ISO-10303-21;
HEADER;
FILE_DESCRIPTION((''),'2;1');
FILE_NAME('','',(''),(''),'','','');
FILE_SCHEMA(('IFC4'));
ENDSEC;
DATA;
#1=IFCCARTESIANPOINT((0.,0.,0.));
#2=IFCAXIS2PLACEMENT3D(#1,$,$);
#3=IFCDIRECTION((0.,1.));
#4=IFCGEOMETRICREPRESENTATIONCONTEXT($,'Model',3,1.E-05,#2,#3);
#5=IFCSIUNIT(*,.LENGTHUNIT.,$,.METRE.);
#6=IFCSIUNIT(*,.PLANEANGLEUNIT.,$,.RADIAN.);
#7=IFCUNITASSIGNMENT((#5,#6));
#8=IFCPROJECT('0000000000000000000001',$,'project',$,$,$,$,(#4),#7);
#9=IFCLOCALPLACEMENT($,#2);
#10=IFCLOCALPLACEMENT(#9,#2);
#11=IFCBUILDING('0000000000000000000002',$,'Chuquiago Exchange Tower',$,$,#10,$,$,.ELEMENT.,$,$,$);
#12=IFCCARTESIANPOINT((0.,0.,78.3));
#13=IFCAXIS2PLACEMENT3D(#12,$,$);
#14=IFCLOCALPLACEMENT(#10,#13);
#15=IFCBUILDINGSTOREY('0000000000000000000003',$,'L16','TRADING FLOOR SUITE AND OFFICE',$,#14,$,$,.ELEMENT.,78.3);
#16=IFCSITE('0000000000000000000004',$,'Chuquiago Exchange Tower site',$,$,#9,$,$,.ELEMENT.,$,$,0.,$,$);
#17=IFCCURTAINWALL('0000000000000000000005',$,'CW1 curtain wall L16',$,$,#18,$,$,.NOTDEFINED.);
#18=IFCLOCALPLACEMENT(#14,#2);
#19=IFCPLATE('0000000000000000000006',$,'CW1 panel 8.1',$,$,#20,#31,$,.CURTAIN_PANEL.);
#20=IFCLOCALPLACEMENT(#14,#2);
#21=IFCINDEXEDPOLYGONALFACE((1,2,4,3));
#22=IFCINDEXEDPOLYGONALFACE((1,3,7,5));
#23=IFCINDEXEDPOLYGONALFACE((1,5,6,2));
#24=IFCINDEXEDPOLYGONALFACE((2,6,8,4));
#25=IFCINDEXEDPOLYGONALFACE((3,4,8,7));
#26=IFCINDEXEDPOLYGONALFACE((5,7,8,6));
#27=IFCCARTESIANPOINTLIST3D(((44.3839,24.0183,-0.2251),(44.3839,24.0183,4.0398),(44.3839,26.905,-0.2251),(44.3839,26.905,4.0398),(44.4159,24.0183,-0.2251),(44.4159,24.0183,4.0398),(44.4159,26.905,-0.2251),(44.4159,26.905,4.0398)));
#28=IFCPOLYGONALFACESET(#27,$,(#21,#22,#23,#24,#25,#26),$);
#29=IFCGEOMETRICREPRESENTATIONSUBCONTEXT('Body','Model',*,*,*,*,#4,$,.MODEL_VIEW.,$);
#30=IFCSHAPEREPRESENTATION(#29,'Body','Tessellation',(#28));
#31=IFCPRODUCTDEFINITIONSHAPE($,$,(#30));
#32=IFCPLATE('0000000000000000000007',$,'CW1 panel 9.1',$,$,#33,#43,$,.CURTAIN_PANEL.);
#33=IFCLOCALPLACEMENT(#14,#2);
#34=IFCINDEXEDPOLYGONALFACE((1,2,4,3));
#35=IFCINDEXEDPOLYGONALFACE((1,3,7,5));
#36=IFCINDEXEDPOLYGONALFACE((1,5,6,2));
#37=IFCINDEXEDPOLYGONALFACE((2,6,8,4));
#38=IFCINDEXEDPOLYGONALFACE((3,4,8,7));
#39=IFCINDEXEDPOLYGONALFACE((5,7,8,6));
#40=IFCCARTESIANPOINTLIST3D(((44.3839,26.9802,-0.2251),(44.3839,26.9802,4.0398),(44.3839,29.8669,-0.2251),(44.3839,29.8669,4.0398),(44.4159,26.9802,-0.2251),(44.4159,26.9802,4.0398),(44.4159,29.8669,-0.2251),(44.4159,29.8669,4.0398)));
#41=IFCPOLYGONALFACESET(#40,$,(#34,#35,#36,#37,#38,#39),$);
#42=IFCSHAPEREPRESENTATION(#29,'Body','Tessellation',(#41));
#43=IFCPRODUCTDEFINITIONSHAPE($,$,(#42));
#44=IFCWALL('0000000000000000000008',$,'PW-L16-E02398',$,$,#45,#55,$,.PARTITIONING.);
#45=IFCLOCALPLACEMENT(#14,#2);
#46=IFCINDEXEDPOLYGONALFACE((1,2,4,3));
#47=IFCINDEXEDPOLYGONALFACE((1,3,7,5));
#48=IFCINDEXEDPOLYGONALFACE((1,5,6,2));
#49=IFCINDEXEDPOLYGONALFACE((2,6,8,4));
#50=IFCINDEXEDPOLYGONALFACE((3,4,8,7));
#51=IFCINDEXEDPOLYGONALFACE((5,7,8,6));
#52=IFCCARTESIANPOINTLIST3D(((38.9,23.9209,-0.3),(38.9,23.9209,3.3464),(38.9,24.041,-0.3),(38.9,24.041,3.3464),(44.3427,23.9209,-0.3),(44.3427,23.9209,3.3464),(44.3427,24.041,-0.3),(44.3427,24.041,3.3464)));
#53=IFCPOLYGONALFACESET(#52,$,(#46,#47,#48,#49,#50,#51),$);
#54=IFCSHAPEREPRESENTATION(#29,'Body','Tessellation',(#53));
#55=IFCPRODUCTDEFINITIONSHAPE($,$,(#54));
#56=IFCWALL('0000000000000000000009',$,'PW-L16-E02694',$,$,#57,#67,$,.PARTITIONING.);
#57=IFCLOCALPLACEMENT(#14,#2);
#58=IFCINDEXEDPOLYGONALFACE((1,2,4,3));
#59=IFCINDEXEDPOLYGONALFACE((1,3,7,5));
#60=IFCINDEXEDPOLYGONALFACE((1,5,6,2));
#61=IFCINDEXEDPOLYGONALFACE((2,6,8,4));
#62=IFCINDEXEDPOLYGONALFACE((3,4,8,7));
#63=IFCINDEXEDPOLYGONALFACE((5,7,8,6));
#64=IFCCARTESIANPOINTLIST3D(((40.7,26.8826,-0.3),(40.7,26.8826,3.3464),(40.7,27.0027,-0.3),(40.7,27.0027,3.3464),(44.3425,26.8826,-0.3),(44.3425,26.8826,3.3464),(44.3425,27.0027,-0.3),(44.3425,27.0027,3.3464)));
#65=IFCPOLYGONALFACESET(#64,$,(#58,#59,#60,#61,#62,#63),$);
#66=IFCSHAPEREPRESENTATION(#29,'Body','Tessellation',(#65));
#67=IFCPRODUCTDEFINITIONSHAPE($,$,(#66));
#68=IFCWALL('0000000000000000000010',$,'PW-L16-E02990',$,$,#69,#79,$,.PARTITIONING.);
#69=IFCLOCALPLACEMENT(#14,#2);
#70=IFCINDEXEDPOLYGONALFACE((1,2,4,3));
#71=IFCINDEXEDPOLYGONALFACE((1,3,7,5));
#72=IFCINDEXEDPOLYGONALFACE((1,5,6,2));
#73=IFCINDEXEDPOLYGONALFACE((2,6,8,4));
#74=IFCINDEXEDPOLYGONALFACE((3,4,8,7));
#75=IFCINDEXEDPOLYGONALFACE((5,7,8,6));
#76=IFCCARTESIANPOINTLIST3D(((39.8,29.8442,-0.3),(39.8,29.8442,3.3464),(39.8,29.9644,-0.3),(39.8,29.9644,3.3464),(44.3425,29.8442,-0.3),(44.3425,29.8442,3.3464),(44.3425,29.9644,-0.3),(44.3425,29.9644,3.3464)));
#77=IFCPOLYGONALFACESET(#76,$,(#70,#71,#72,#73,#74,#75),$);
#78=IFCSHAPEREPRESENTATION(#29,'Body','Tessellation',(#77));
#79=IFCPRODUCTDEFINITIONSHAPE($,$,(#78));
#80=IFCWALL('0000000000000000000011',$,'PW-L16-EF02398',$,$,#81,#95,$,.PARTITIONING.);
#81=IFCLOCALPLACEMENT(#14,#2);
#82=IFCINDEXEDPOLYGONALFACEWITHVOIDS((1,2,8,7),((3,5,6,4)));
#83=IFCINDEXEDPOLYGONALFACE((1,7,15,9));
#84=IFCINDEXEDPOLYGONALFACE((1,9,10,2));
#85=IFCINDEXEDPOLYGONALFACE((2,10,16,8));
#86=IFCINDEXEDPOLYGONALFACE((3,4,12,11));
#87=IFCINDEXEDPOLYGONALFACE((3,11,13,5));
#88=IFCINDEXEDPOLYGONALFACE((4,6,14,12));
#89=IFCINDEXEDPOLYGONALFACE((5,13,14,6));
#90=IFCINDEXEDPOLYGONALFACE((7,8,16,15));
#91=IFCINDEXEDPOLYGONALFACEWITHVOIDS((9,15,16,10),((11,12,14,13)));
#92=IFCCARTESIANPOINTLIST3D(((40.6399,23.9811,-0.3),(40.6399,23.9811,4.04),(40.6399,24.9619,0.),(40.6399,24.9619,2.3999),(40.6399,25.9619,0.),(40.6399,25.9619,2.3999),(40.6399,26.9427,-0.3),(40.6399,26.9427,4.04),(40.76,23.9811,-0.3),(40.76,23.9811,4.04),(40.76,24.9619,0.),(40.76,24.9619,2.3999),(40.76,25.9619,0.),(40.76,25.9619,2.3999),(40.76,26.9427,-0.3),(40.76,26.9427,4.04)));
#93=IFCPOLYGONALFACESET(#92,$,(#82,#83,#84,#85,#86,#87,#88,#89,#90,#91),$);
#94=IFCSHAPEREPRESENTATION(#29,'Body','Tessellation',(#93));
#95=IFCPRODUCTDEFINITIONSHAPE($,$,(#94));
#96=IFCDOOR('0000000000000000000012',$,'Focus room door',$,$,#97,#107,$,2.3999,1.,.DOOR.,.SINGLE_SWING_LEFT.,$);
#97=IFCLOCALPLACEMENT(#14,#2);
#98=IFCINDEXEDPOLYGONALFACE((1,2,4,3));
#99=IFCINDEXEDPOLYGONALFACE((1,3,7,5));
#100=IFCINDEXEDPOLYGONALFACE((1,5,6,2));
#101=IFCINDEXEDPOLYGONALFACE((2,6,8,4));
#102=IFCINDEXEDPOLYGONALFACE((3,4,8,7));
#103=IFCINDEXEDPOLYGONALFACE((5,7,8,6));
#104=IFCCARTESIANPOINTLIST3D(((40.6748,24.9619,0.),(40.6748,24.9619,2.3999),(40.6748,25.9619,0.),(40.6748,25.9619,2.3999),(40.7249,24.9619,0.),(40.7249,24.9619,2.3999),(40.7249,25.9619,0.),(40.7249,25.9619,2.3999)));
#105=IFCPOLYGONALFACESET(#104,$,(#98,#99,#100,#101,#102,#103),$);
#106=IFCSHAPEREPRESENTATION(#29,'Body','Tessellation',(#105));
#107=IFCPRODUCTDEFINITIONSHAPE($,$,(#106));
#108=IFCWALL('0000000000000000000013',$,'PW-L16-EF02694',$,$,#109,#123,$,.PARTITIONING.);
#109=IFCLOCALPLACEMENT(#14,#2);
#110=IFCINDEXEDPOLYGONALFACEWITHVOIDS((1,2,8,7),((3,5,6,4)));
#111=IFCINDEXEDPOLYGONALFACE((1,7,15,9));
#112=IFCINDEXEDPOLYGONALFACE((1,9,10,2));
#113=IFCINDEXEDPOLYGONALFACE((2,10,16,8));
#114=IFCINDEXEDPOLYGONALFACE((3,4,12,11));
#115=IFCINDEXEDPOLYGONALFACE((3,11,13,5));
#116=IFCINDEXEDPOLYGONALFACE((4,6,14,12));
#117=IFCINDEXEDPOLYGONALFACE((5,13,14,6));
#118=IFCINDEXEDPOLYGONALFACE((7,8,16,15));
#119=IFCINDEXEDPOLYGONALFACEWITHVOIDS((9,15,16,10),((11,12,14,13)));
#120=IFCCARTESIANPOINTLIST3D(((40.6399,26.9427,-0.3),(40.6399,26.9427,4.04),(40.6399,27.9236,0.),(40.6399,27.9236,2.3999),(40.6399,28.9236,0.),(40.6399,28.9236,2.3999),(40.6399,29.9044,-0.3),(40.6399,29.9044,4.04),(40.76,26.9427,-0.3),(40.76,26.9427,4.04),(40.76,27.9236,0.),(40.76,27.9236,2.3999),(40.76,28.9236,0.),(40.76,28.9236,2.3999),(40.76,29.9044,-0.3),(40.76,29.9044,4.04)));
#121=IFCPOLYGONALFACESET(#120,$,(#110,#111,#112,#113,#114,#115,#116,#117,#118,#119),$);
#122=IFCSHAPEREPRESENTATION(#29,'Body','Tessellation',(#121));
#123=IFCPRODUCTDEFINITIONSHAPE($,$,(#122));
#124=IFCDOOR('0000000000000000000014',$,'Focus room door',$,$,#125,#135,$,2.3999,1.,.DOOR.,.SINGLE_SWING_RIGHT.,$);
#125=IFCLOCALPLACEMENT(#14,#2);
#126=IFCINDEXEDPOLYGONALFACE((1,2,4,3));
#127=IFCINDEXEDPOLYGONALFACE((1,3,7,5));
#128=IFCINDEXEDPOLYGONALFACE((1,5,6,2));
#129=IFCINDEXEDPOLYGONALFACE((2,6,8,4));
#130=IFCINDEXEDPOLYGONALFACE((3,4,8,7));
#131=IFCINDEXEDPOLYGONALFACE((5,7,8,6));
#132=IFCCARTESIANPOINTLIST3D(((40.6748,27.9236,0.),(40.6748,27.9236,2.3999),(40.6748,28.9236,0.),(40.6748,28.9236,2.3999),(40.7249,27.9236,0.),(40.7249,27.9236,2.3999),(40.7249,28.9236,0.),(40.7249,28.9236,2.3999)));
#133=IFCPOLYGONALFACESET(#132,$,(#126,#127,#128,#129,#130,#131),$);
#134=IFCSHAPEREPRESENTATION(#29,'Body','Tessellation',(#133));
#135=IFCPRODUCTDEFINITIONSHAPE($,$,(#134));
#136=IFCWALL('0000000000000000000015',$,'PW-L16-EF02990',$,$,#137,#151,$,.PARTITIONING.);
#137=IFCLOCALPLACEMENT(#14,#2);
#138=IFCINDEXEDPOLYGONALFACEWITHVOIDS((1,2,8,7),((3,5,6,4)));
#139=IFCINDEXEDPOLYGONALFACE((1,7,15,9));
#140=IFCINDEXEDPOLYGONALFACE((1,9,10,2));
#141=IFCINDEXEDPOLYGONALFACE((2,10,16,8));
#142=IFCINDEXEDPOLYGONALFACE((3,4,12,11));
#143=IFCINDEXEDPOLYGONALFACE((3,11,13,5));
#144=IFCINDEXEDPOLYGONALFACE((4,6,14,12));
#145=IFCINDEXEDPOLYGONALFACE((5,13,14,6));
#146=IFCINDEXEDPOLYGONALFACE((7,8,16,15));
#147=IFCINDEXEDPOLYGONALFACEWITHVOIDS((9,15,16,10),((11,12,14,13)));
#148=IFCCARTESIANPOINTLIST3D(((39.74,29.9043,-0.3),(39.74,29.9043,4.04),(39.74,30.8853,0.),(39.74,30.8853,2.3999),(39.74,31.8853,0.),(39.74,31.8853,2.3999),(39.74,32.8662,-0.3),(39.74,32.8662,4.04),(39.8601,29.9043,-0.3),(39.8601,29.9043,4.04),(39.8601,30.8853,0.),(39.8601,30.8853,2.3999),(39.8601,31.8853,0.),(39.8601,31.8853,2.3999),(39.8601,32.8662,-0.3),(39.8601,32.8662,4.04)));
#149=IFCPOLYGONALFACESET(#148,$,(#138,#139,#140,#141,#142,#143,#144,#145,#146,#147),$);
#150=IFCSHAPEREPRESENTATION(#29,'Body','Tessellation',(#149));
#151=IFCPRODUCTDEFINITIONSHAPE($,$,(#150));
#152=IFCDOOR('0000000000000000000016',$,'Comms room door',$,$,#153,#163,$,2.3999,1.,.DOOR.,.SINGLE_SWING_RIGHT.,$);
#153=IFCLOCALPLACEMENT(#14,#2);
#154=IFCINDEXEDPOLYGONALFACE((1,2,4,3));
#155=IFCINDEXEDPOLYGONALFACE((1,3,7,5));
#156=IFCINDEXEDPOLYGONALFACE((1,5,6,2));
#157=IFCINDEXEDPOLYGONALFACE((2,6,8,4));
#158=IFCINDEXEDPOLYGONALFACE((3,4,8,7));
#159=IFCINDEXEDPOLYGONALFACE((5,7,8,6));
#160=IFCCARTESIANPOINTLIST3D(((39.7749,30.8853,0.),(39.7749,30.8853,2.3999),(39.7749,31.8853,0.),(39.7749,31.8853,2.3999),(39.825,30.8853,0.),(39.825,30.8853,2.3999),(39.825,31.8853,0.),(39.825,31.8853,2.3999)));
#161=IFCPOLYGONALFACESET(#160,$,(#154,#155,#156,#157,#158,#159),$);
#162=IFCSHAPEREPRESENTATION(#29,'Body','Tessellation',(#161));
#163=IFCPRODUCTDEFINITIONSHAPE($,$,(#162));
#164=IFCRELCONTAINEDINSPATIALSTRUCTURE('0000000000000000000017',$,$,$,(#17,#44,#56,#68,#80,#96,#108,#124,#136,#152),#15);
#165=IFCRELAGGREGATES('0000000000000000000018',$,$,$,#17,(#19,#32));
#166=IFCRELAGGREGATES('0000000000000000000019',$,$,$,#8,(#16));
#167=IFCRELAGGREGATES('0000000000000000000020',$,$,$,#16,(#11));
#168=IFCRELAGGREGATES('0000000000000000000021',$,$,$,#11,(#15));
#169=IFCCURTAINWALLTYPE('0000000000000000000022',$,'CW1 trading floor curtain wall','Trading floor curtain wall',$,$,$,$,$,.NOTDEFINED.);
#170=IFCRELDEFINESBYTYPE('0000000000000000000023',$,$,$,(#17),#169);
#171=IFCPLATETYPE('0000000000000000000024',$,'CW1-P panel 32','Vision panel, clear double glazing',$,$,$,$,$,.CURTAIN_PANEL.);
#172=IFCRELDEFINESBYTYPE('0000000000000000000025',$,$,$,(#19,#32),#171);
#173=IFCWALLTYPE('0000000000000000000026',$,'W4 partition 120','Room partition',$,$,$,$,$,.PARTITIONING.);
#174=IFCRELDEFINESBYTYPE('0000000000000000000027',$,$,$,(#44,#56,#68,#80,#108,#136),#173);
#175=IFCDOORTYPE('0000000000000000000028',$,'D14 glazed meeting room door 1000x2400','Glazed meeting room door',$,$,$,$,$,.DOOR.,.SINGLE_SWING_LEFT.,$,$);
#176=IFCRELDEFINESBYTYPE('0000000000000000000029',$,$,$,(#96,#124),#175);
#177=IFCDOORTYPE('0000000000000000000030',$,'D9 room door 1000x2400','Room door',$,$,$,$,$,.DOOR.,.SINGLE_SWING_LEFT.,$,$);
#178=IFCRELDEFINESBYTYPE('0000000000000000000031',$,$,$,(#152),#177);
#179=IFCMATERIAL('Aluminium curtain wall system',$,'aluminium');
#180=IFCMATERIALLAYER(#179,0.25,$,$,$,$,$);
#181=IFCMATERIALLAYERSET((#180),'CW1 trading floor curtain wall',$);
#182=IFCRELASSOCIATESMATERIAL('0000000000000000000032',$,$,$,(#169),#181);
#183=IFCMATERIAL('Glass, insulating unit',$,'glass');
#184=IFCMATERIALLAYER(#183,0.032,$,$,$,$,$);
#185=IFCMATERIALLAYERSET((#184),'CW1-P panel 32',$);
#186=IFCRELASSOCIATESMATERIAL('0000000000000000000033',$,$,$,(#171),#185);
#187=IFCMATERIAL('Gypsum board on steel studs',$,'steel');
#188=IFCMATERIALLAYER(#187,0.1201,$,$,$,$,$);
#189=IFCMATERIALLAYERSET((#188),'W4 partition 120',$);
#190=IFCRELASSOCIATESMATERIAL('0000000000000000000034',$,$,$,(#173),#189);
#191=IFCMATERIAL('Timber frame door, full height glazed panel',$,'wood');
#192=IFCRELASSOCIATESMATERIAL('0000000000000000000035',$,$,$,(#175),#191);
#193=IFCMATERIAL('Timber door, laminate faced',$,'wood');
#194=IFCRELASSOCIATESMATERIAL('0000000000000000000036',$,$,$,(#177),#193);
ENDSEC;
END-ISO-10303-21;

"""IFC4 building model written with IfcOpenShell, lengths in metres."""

from ifc_helpers import new_model, si_unit, direction, frame, frame_2d, origin, origin_2d, place, context, subcontext, project, spatial, rectangle, extrude, material, layer, layer_set, type_object, element, fill, aggregate, save


model = new_model("IFC4")

# Units and contexts
model_context = context("Model", 3, precision=1e-05, world=origin(), true_north=direction((0.0, 1.0)))
body_context = subcontext(model_context, "Body", "Model", "MODEL_VIEW")
ifc_project = project(units=[si_unit("LENGTHUNIT", "METRE"), si_unit("PLANEANGLEUNIT", "RADIAN")], contexts=[model_context])

# Site, building, storey
site_placement = place(None, origin())
site = spatial("IfcSite", under=ifc_project, at=site_placement, Name="Chuquiago Exchange Tower site", CompositionType="ELEMENT", RefElevation=0.0)
building_placement = place(site_placement, origin())
building = spatial("IfcBuilding", under=site, at=building_placement, Name="Chuquiago Exchange Tower", CompositionType="ELEMENT")
storey_placement = place(building_placement, frame((0.0, 0.0, 78.3)))
storey = spatial("IfcBuildingStorey", under=building, at=storey_placement, Name="L16", Description="TRADING FLOOR SUITE AND OFFICE", CompositionType="ELEMENT", Elevation=78.3)

# Curtain wall
ifc_material_1 = material(Name="Aluminium curtain wall system", Category="aluminium")
ifc_layer_1 = layer(ifc_material_1, 0.25)
ifc_layer_set_1 = layer_set([ifc_layer_1], Name="CW1 trading floor curtain wall")
curtain_wall_type = type_object("IfcCurtainWallType", Name="CW1 trading floor curtain wall", Description="Trading floor curtain wall", PredefinedType="NOTDEFINED", material=ifc_layer_set_1)
curtain_wall_placement = place(storey_placement, origin())
curtain_wall = element("IfcCurtainWall", 1, at=curtain_wall_placement, inside=storey, type_object=curtain_wall_type, Name="CW1 curtain wall L16", PredefinedType="NOTDEFINED")

# Plates
ifc_material_2 = material(Name="Glass, insulating unit", Category="glass")
ifc_layer_2 = layer(ifc_material_2, 0.032)
ifc_layer_set_2 = layer_set([ifc_layer_2], Name="CW1-P panel 32")
plate_type = type_object("IfcPlateType", Name="CW1-P panel 32", Description="Vision panel, clear double glazing", PredefinedType="CURTAIN_PANEL", material=ifc_layer_set_2)
plate_1_placement = place(storey_placement, frame((44.3999, 25.4617, -0.2251), z_axis=(0.0, 0.0, 1.0), x_axis=(0.0, 1.0, 0.0)))
plate_1 = element("IfcPlate", 2, at=plate_1_placement, type_object=plate_type, Name="CW1 panel 8.1", PredefinedType="CURTAIN_PANEL", context=body_context, shape_type="SweptSolid", body=[
    extrude(rectangle(XDim=2.8867, YDim=0.032, at=origin_2d()), origin(), (0.0, 0.0, 1.0), 4.2649),
])
plate_2_placement = place(storey_placement, frame((44.3999, 28.4236, -0.2251), z_axis=(0.0, 0.0, 1.0), x_axis=(0.0, 1.0, 0.0)))
plate_2 = element("IfcPlate", 3, at=plate_2_placement, type_object=plate_type, Name="CW1 panel 9.1", PredefinedType="CURTAIN_PANEL", context=body_context, shape_type="SweptSolid", body=[
    extrude(rectangle(XDim=2.8867, YDim=0.032, at=origin_2d()), origin(), (0.0, 0.0, 1.0), 4.2649),
])
aggregate(curtain_wall, [plate_1, plate_2])

# Walls
ifc_material_3 = material(Name="Gypsum board on steel studs", Category="steel")
ifc_layer_3 = layer(ifc_material_3, 0.1201)
ifc_layer_set_3 = layer_set([ifc_layer_3], Name="W4 partition 120")
wall_type = type_object("IfcWallType", Name="W4 partition 120", Description="Room partition", PredefinedType="PARTITIONING", material=ifc_layer_set_3)
wall_1_placement = place(storey_placement, frame((44.3425, 23.981, -0.3), z_axis=(0.0, 0.0, 1.0), x_axis=(-1.0, 0.0, 0.0)))
element("IfcWall", 4, at=wall_1_placement, inside=storey, type_object=wall_type, Name="PW-L16-E02398", PredefinedType="PARTITIONING", context=body_context, shape_type="SweptSolid", body=[
    extrude(rectangle(XDim=5.4426, YDim=0.1201, at=frame_2d((2.7212, 0.0))), origin(), (0.0, 0.0, 1.0), 3.6465),
])
wall_2_placement = place(storey_placement, frame((44.3425, 26.9426, -0.3), z_axis=(0.0, 0.0, 1.0), x_axis=(-1.0, 0.0, 0.0)))
element("IfcWall", 5, at=wall_2_placement, inside=storey, type_object=wall_type, Name="PW-L16-E02694", PredefinedType="PARTITIONING", context=body_context, shape_type="SweptSolid", body=[
    extrude(rectangle(XDim=3.6426, YDim=0.1201, at=frame_2d((1.8213, 0.0))), origin(), (0.0, 0.0, 1.0), 3.6465),
])
wall_3_placement = place(storey_placement, frame((44.3425, 29.9043, -0.3), z_axis=(0.0, 0.0, 1.0), x_axis=(-1.0, 0.0, 0.0)))
element("IfcWall", 6, at=wall_3_placement, inside=storey, type_object=wall_type, Name="PW-L16-E02990", PredefinedType="PARTITIONING", context=body_context, shape_type="SweptSolid", body=[
    extrude(rectangle(XDim=4.5425, YDim=0.1201, at=frame_2d((2.2712, 0.0))), origin(), (0.0, 0.0, 1.0), 3.6465),
])

# Walls, openings, doors
wall_4_placement = place(storey_placement, frame((40.7, 23.981, -0.3), z_axis=(0.0, 0.0, 1.0), x_axis=(0.0, 1.0, 0.0)))
wall_4 = element("IfcWall", 7, at=wall_4_placement, inside=storey, type_object=wall_type, Name="PW-L16-EF02398", PredefinedType="PARTITIONING", context=body_context, shape_type="SweptSolid", body=[
    extrude(rectangle(XDim=2.9617, YDim=0.1201, at=frame_2d((1.481, 0.0))), origin(), (0.0, 0.0, 1.0), 4.3401),
])
opening_1_placement = place(wall_4_placement, frame((0.981, 0.0, 0.3)))
opening_1 = element("IfcOpeningElement", 8, at=opening_1_placement, cuts=wall_4, PredefinedType="OPENING", context=body_context, shape_type="SweptSolid", body=[
    extrude(rectangle(XDim=1.0, YDim=2.3999, at=frame_2d((0.5, 1.2))), frame((0.0, 0.0701, 0.0), z_axis=(0.0, -1.0, 0.0), x_axis=(1.0, 0.0, 0.0)), (0.0, 0.0, 1.0), 0.1401),
])
ifc_material_4 = material(Name="Timber frame door, full height glazed panel", Category="wood")
door_type_1 = type_object("IfcDoorType", Name="D14 glazed meeting room door 1000x2400", Description="Glazed meeting room door", OperationType="SINGLE_SWING_LEFT", PredefinedType="DOOR", material=ifc_material_4)
door_1_placement = place(opening_1_placement, frame((1.0, 0.0, 0.0), z_axis=(0.0, 0.0, 1.0), x_axis=(-1.0, 0.0, 0.0)))
door_1 = element("IfcDoor", 9, at=door_1_placement, inside=storey, type_object=door_type_1, Name="Focus room door", OperationType="SINGLE_SWING_LEFT", OverallHeight=2.3999, OverallWidth=1.0, PredefinedType="DOOR", context=body_context, shape_type="SweptSolid", body=[
    extrude(rectangle(XDim=1.0, YDim=2.3999, at=frame_2d((0.5, 1.2))), frame((0.0, 0.0249, 0.0), z_axis=(0.0, -1.0, 0.0), x_axis=(1.0, 0.0, 0.0)), (0.0, 0.0, 1.0), 0.05),
])
fill(opening_1, door_1)
wall_5_placement = place(storey_placement, frame((40.7, 26.9426, -0.3), z_axis=(0.0, 0.0, 1.0), x_axis=(0.0, 1.0, 0.0)))
wall_5 = element("IfcWall", 10, at=wall_5_placement, inside=storey, type_object=wall_type, Name="PW-L16-EF02694", PredefinedType="PARTITIONING", context=body_context, shape_type="SweptSolid", body=[
    extrude(rectangle(XDim=2.9617, YDim=0.1201, at=frame_2d((1.481, 0.0))), origin(), (0.0, 0.0, 1.0), 4.3401),
])
opening_2_placement = place(wall_5_placement, frame((0.981, 0.0, 0.3)))
opening_2 = element("IfcOpeningElement", 11, at=opening_2_placement, cuts=wall_5, PredefinedType="OPENING", context=body_context, shape_type="SweptSolid", body=[
    extrude(rectangle(XDim=1.0, YDim=2.3999, at=frame_2d((0.5, 1.2))), frame((0.0, 0.0701, 0.0), z_axis=(0.0, -1.0, 0.0), x_axis=(1.0, 0.0, 0.0)), (0.0, 0.0, 1.0), 0.1401),
])
door_2_placement = place(opening_2_placement, frame((1.0, 0.0, 0.0), z_axis=(0.0, 0.0, 1.0), x_axis=(-1.0, 0.0, 0.0)))
door_2 = element("IfcDoor", 12, at=door_2_placement, inside=storey, type_object=door_type_1, Name="Focus room door", OperationType="SINGLE_SWING_RIGHT", OverallHeight=2.3999, OverallWidth=1.0, PredefinedType="DOOR", context=body_context, shape_type="SweptSolid", body=[
    extrude(rectangle(XDim=1.0, YDim=2.3999, at=frame_2d((0.5, 1.2))), frame((0.0, 0.0249, 0.0), z_axis=(0.0, -1.0, 0.0), x_axis=(1.0, 0.0, 0.0)), (0.0, 0.0, 1.0), 0.05),
])
fill(opening_2, door_2)
wall_6_placement = place(storey_placement, frame((39.8, 29.9043, -0.3), z_axis=(0.0, 0.0, 1.0), x_axis=(0.0, 1.0, 0.0)))
wall_6 = element("IfcWall", 13, at=wall_6_placement, inside=storey, type_object=wall_type, Name="PW-L16-EF02990", PredefinedType="PARTITIONING", context=body_context, shape_type="SweptSolid", body=[
    extrude(rectangle(XDim=2.9619, YDim=0.1201, at=frame_2d((1.481, 0.0))), origin(), (0.0, 0.0, 1.0), 4.3401),
])
opening_3_placement = place(wall_6_placement, frame((0.981, 0.0, 0.3)))
opening_3 = element("IfcOpeningElement", 14, at=opening_3_placement, cuts=wall_6, PredefinedType="OPENING", context=body_context, shape_type="SweptSolid", body=[
    extrude(rectangle(XDim=1.0, YDim=2.3999, at=frame_2d((0.5, 1.2))), frame((0.0, 0.0701, 0.0), z_axis=(0.0, -1.0, 0.0), x_axis=(1.0, 0.0, 0.0)), (0.0, 0.0, 1.0), 0.1401),
])
ifc_material_5 = material(Name="Timber door, laminate faced", Category="wood")
door_type_2 = type_object("IfcDoorType", Name="D9 room door 1000x2400", Description="Room door", OperationType="SINGLE_SWING_LEFT", PredefinedType="DOOR", material=ifc_material_5)
door_3_placement = place(opening_3_placement, frame((1.0, 0.0, 0.0), z_axis=(0.0, 0.0, 1.0), x_axis=(-1.0, 0.0, 0.0)))
door_3 = element("IfcDoor", 15, at=door_3_placement, inside=storey, type_object=door_type_2, Name="Comms room door", OperationType="SINGLE_SWING_RIGHT", OverallHeight=2.3999, OverallWidth=1.0, PredefinedType="DOOR", context=body_context, shape_type="SweptSolid", body=[
    extrude(rectangle(XDim=1.0, YDim=2.3999, at=frame_2d((0.5, 1.2))), frame((0.0, 0.0249, 0.0), z_axis=(0.0, -1.0, 0.0), x_axis=(1.0, 0.0, 0.0)), (0.0, 0.0, 1.0), 0.05),
])
fill(opening_3, door_3)

save(model, "model.ifc")
